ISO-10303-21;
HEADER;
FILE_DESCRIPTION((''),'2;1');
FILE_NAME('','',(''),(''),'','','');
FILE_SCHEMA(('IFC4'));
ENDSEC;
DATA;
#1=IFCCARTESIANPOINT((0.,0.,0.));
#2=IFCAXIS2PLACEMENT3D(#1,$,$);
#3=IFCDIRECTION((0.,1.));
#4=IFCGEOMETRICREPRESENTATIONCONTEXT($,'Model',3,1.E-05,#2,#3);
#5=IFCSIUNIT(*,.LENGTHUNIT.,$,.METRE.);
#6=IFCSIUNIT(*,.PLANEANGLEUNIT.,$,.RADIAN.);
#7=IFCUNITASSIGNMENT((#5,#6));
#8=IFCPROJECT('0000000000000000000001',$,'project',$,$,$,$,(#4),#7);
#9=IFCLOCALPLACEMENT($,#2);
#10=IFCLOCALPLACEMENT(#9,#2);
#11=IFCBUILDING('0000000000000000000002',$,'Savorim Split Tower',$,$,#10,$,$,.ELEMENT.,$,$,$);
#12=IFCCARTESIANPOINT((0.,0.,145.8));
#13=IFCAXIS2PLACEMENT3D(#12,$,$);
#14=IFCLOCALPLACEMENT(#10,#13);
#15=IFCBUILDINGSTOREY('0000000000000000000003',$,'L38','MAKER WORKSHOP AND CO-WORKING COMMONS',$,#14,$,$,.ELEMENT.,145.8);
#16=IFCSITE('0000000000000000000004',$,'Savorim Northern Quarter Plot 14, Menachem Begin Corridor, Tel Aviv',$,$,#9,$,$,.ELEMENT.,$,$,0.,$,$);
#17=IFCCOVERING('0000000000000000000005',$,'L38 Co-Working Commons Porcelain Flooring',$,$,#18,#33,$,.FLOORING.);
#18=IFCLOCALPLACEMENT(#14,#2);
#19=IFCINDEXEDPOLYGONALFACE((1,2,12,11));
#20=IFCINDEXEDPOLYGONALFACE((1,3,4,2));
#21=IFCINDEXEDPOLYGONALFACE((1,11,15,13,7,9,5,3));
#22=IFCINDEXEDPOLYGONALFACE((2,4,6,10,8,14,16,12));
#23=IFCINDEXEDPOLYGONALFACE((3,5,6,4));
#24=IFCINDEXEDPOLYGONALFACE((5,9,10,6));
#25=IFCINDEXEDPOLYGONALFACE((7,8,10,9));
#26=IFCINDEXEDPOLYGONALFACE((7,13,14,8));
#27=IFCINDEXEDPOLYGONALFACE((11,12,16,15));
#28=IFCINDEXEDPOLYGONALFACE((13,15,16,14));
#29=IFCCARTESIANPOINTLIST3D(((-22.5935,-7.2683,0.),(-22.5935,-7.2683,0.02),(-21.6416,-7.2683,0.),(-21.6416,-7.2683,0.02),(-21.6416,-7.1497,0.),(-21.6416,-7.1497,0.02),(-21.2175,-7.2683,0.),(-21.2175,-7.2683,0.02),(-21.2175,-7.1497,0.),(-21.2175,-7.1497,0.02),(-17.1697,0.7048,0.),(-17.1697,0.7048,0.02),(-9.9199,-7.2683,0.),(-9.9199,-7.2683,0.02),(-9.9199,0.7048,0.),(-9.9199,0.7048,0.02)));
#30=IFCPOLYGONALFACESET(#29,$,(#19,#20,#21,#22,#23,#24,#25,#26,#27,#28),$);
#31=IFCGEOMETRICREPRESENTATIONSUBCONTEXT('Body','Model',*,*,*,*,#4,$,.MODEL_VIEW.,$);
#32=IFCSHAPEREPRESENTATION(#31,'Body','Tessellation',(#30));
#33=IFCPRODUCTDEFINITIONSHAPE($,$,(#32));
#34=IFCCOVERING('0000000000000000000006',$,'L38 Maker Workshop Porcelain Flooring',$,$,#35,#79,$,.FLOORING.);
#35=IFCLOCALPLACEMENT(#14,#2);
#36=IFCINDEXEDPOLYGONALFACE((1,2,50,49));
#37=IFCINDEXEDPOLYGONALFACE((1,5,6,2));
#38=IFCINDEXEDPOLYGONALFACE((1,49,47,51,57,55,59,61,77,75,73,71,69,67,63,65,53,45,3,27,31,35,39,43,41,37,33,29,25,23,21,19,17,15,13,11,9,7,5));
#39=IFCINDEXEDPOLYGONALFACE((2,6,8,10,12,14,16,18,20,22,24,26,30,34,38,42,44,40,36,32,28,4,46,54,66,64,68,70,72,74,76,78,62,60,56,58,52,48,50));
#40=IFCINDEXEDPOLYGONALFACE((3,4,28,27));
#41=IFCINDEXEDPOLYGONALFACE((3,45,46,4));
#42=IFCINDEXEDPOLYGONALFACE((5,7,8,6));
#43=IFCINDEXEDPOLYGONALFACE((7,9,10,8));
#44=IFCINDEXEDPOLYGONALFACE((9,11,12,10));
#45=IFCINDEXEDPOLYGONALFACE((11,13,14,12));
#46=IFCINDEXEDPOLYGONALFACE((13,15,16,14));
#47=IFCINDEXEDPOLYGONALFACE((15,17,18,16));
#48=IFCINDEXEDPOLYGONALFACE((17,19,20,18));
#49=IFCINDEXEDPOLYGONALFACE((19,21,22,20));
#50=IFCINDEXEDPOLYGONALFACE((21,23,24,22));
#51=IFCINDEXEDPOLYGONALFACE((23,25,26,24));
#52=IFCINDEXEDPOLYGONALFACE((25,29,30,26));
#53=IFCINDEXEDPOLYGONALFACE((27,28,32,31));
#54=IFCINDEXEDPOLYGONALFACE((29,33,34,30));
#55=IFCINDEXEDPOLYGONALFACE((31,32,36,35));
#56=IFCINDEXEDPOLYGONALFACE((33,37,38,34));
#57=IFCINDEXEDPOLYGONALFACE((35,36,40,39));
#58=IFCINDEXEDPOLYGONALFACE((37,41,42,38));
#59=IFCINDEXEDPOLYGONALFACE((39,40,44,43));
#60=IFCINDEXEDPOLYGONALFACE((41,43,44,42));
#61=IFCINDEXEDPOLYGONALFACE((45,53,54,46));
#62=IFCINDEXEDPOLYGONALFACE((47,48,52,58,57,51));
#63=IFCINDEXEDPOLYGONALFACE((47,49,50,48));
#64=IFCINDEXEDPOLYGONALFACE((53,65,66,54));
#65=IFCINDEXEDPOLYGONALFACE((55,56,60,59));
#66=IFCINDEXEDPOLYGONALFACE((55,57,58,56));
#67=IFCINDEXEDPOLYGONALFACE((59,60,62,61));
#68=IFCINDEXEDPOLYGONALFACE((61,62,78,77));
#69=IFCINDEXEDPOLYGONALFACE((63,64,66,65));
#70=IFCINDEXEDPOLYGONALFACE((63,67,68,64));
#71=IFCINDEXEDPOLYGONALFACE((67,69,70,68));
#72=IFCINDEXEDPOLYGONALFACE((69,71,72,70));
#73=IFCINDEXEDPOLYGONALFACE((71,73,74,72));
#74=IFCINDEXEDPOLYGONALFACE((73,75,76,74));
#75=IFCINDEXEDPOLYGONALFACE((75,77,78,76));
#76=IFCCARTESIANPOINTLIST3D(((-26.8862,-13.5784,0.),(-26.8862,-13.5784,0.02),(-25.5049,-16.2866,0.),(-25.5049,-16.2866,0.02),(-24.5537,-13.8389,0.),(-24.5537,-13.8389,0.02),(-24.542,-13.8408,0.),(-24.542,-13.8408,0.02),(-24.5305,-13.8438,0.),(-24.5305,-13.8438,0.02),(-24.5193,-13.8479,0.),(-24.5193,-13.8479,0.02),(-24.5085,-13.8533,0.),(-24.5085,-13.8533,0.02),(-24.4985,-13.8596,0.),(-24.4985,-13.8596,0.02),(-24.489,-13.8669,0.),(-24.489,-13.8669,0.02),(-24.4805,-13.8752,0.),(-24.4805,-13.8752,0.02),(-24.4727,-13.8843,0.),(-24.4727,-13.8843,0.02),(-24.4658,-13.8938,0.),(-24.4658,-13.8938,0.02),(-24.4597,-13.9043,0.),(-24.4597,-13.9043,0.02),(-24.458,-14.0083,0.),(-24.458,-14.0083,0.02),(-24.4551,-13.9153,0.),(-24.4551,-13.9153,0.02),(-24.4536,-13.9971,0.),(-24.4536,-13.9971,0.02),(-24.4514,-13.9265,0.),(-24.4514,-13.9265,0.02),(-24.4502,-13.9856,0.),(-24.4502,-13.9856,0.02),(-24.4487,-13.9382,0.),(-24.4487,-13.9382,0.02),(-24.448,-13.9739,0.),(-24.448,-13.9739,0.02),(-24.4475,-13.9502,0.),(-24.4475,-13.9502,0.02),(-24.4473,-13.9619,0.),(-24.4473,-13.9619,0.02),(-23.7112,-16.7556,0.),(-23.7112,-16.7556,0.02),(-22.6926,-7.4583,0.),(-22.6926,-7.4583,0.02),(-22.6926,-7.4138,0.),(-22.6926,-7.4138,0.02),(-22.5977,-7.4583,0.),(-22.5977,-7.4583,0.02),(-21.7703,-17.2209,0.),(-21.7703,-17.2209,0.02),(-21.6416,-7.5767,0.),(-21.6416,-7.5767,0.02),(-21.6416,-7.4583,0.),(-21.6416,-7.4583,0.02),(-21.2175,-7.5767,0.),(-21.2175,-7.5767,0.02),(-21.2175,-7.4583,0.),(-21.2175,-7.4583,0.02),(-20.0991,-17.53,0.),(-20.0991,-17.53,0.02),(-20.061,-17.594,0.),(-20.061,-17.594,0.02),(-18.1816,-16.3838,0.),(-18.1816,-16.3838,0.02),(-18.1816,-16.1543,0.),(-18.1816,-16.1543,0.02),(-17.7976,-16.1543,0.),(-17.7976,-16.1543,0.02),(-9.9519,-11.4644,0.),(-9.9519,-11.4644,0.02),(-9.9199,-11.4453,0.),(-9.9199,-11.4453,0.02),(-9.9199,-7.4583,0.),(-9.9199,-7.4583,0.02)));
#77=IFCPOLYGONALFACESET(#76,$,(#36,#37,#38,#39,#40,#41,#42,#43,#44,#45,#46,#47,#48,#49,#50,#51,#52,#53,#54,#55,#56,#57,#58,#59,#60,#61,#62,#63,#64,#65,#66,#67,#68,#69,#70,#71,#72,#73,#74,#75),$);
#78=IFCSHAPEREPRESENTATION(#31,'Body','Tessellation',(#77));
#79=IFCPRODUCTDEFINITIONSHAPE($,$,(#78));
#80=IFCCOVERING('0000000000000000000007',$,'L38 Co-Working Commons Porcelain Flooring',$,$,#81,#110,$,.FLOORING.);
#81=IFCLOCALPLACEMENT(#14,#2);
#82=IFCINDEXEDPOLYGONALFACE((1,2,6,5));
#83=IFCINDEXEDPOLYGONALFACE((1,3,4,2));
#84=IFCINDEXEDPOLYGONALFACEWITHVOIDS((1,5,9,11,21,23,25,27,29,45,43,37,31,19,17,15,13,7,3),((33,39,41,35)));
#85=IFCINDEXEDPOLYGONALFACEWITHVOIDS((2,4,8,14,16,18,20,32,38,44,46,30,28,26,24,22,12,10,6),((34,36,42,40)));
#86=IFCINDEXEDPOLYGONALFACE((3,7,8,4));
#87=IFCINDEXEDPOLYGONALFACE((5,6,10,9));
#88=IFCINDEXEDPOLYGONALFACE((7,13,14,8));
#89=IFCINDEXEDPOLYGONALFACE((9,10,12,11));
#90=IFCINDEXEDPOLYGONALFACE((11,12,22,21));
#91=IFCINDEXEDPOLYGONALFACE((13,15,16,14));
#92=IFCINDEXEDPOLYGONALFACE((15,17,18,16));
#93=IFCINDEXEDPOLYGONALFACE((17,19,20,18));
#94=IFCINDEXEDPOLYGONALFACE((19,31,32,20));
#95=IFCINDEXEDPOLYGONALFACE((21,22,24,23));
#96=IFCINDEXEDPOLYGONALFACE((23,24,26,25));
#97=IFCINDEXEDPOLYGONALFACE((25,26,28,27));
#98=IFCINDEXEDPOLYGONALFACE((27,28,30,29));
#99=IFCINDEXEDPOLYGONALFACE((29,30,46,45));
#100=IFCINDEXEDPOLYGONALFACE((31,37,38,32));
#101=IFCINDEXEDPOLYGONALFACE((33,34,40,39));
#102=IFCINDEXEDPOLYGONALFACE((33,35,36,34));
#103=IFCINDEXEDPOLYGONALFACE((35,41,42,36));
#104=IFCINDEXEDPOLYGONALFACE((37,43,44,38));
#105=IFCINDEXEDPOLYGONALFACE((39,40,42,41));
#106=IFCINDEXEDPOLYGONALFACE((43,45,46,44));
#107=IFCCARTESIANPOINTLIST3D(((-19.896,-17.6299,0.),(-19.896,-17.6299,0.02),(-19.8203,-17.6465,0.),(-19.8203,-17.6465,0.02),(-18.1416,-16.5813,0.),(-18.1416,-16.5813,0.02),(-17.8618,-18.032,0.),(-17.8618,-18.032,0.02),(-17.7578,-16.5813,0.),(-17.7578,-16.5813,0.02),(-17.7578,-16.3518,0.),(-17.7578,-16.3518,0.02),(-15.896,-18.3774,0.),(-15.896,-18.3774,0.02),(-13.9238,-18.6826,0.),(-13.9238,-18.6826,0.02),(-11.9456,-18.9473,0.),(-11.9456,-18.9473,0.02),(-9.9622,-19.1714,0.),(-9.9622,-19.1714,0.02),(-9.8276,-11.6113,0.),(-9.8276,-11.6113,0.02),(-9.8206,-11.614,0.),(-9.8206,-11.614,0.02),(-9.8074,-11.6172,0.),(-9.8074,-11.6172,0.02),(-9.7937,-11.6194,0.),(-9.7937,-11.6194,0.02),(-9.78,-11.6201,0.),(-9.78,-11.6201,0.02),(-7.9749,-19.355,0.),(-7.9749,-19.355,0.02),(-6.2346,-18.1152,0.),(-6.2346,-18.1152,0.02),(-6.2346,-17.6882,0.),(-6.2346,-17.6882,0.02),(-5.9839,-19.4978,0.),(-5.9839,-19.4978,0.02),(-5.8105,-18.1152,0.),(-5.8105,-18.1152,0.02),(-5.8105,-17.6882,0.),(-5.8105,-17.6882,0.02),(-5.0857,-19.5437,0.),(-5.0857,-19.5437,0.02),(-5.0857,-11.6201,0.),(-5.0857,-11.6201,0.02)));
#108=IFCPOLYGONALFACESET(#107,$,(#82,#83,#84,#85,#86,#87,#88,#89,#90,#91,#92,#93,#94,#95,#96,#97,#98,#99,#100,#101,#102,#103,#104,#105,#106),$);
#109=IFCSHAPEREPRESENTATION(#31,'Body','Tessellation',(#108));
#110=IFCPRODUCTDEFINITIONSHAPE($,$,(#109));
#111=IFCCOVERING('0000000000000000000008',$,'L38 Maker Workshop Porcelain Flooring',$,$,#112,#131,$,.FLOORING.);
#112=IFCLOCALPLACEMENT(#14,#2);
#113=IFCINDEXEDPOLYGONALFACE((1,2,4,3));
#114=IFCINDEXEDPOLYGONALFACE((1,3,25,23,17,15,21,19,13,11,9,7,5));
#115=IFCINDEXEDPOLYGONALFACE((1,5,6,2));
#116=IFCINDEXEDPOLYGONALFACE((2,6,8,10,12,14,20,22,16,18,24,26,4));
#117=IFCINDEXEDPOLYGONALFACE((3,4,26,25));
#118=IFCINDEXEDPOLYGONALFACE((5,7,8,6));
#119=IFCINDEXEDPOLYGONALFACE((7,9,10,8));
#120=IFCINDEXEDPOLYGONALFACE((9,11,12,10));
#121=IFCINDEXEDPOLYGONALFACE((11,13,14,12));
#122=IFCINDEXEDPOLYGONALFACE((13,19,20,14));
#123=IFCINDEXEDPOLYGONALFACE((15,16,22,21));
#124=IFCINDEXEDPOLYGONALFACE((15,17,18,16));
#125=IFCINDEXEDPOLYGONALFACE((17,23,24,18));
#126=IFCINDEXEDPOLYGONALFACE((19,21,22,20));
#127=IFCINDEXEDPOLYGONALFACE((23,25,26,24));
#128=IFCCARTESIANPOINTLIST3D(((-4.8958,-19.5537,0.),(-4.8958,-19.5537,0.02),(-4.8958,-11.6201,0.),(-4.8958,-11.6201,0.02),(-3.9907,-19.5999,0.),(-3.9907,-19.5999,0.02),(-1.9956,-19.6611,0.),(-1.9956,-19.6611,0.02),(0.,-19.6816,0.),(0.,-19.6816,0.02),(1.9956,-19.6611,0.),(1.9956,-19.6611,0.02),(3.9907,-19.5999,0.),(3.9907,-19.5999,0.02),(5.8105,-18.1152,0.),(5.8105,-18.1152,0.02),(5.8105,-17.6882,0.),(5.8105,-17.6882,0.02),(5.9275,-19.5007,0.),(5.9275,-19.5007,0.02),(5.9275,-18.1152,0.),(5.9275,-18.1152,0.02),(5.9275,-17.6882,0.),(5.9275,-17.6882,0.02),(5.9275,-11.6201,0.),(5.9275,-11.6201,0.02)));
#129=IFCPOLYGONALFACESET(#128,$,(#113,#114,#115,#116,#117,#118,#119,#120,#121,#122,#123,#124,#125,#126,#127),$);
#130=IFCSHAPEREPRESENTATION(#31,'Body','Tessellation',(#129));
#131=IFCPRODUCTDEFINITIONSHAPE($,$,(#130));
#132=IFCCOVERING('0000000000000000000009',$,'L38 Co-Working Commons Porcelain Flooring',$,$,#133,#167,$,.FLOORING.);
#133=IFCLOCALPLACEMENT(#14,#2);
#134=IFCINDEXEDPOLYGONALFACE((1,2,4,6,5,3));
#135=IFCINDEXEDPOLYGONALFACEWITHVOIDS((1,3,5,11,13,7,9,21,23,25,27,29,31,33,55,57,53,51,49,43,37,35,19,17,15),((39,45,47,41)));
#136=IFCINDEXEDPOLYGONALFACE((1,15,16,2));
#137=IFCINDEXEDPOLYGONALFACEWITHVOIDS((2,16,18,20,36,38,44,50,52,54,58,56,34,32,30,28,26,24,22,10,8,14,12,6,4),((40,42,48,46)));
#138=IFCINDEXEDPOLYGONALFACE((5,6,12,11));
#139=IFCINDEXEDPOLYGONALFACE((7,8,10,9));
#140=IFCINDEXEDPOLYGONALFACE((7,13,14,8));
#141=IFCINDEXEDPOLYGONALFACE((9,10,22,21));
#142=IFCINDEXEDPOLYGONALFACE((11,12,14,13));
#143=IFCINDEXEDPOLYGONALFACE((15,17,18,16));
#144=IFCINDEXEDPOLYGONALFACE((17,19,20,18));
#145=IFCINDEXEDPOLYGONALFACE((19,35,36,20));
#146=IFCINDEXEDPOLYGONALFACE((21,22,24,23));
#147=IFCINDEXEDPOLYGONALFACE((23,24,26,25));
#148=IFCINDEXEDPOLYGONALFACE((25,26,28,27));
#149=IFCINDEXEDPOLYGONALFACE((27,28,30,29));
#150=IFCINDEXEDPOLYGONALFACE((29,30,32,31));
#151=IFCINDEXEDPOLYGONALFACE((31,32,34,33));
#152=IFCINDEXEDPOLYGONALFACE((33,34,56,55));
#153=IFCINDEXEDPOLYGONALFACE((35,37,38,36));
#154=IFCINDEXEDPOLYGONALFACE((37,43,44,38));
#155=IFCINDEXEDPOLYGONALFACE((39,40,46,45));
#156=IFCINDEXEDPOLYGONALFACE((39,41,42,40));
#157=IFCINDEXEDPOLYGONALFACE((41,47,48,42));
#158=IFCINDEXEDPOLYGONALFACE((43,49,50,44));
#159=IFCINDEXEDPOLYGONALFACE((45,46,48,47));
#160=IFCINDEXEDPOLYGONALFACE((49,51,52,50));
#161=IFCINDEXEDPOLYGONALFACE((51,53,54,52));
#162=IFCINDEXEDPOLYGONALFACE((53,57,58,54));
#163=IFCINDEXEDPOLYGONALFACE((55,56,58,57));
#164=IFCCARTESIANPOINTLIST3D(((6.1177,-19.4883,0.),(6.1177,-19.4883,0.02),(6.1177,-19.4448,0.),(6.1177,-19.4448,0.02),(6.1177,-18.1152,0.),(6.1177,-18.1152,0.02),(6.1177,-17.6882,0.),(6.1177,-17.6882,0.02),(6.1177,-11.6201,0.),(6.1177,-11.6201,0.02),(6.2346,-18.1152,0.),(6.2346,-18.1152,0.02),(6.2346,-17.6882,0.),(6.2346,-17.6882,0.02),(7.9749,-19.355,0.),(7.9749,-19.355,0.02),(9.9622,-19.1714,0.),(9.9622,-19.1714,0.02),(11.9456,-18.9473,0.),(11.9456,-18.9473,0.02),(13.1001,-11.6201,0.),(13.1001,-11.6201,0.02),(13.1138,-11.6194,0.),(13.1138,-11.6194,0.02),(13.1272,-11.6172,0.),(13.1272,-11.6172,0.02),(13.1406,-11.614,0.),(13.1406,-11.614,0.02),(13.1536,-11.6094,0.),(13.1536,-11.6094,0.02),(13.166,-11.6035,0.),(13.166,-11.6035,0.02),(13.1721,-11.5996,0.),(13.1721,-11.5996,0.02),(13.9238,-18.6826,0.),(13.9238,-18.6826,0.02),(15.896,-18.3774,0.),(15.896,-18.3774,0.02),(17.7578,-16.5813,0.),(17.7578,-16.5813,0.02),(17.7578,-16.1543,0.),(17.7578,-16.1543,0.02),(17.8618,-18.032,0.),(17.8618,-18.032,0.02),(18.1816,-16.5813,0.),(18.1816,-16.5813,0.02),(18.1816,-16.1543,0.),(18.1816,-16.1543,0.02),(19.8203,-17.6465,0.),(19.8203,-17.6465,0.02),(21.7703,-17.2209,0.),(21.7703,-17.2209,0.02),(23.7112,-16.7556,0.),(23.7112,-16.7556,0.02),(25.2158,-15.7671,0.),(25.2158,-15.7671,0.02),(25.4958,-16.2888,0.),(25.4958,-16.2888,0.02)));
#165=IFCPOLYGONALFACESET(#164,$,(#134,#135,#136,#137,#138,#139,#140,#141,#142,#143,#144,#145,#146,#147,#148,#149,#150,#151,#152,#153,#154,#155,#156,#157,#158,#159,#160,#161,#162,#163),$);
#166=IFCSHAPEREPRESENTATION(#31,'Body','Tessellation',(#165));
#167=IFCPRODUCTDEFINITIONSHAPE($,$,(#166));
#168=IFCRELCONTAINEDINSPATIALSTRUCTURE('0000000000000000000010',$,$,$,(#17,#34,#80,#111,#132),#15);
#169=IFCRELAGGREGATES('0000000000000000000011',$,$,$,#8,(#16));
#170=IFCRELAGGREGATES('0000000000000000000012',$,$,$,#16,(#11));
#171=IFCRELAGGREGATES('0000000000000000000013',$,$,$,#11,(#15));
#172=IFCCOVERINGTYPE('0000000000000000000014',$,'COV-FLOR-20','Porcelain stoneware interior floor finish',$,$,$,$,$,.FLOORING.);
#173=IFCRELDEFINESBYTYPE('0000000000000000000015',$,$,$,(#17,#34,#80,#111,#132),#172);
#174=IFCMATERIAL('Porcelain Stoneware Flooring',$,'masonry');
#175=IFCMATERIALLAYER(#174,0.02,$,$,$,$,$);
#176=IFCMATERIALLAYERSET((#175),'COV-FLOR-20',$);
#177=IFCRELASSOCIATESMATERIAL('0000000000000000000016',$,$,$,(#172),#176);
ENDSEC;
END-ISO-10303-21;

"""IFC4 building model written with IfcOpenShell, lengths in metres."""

from ifc_helpers import new_model, si_unit, direction, frame, origin, place, context, subcontext, project, spatial, polyline, outline, extrude, material, layer, layer_set, type_object, element, save


model = new_model("IFC4")

# Units and contexts
model_context = context("Model", 3, precision=1e-05, world=origin(), true_north=direction((0.0, 1.0)))
body_context = subcontext(model_context, "Body", "Model", "MODEL_VIEW")
ifc_project = project(units=[si_unit("LENGTHUNIT", "METRE"), si_unit("PLANEANGLEUNIT", "RADIAN")], contexts=[model_context])

# Site, building, storey
site_placement = place(None, origin())
site = spatial("IfcSite", under=ifc_project, at=site_placement, Name="Savorim Northern Quarter Plot 14, Menachem Begin Corridor, Tel Aviv", CompositionType="ELEMENT", RefElevation=0.0)
building_placement = place(site_placement, origin())
building = spatial("IfcBuilding", under=site, at=building_placement, Name="Savorim Split Tower", CompositionType="ELEMENT")
storey_placement = place(building_placement, frame((0.0, 0.0, 145.8)))
storey = spatial("IfcBuildingStorey", under=building, at=storey_placement, Name="L38", Description="MAKER WORKSHOP AND CO-WORKING COMMONS", CompositionType="ELEMENT", Elevation=145.8)

# Coverings
ifc_material_1 = material(Name="Porcelain Stoneware Flooring", Category="masonry")
ifc_layer_1 = layer(ifc_material_1, 0.02)
ifc_layer_set_1 = layer_set([ifc_layer_1], Name="COV-FLOR-20")
covering_type_1 = type_object("IfcCoveringType", Name="COV-FLOR-20", Description="Porcelain stoneware interior floor finish", PredefinedType="FLOORING", material=ifc_layer_set_1)
covering_1_placement = place(storey_placement, origin())
element("IfcCovering", 1, at=covering_1_placement, inside=storey, type_object=covering_type_1, Name="L38 Co-Working Commons Porcelain Flooring", PredefinedType="FLOORING", context=body_context, shape_type="SweptSolid", body=[
    extrude(outline(polyline([(-21.2175, -7.1497), (-21.2175, -7.2683), (-9.9199, -7.2683), (-9.9199, 0.7048), (-17.1697, 0.7048), (-22.5935, -7.2683), (-21.6416, -7.2683), (-21.6416, -7.1497), (-21.2175, -7.1497)])), origin(), (0.0, 0.0, 1.0), 0.02),
])
covering_2_placement = place(storey_placement, origin())
element("IfcCovering", 2, at=covering_2_placement, inside=storey, type_object=covering_type_1, Name="L38 Maker Workshop Porcelain Flooring", PredefinedType="FLOORING", context=body_context, shape_type="SweptSolid", body=[
    extrude(outline(polyline([(-24.4473, -13.9619), (-24.448, -13.9739), (-24.4502, -13.9856), (-24.4536, -13.9971), (-24.458, -14.0083), (-25.5049, -16.2866), (-23.7112, -16.7556), (-21.7703, -17.2209), (-20.061, -17.594), (-20.0991, -17.53), (-18.1816, -16.3838), (-18.1816, -16.1543), (-17.7976, -16.1543), (-9.9519, -11.4644), (-9.9199, -11.4453), (-9.9199, -7.4583), (-21.2175, -7.4583), (-21.2175, -7.5767), (-21.6416, -7.5767), (-21.6416, -7.4583), (-22.5977, -7.4583), (-22.6926, -7.4583), (-22.6926, -7.4138), (-26.8862, -13.5784), (-24.5537, -13.8389), (-24.542, -13.8408), (-24.5305, -13.8438), (-24.5193, -13.8479), (-24.5085, -13.8533), (-24.4985, -13.8596), (-24.489, -13.8669), (-24.4805, -13.8752), (-24.4727, -13.8843), (-24.4658, -13.8938), (-24.4597, -13.9043), (-24.4551, -13.9153), (-24.4514, -13.9265), (-24.4487, -13.9382), (-24.4475, -13.9502), (-24.4473, -13.9619)])), origin(), (0.0, 0.0, 1.0), 0.02),
])
covering_3_placement = place(storey_placement, origin())
element("IfcCovering", 3, at=covering_3_placement, inside=storey, type_object=covering_type_1, Name="L38 Co-Working Commons Porcelain Flooring", PredefinedType="FLOORING", context=body_context, shape_type="SweptSolid", body=[
    extrude(outline(polyline([(-9.9622, -19.1714), (-7.9749, -19.355), (-5.9839, -19.4978), (-5.0857, -19.5437), (-5.0857, -11.6201), (-9.78, -11.6201), (-9.7937, -11.6194), (-9.8074, -11.6172), (-9.8206, -11.614), (-9.8276, -11.6113), (-17.7578, -16.3518), (-17.7578, -16.5813), (-18.1416, -16.5813), (-19.896, -17.6299), (-19.8203, -17.6465), (-17.8618, -18.032), (-15.896, -18.3774), (-13.9238, -18.6826), (-11.9456, -18.9473), (-9.9622, -19.1714)]), holes=[polyline([(-6.2346, -18.1152), (-5.8105, -18.1152), (-5.8105, -17.6882), (-6.2346, -17.6882), (-6.2346, -18.1152)])]), origin(), (0.0, 0.0, 1.0), 0.02),
])
covering_4_placement = place(storey_placement, origin())
element("IfcCovering", 4, at=covering_4_placement, inside=storey, type_object=covering_type_1, Name="L38 Maker Workshop Porcelain Flooring", PredefinedType="FLOORING", context=body_context, shape_type="SweptSolid", body=[
    extrude(outline(polyline([(-1.9956, -19.6611), (0.0, -19.6816), (1.9956, -19.6611), (3.9907, -19.5999), (5.9275, -19.5007), (5.9275, -18.1152), (5.8105, -18.1152), (5.8105, -17.6882), (5.9275, -17.6882), (5.9275, -11.6201), (-4.8958, -11.6201), (-4.8958, -19.5537), (-3.9907, -19.5999), (-1.9956, -19.6611)])), origin(), (0.0, 0.0, 1.0), 0.02),
])
covering_5_placement = place(storey_placement, origin())
element("IfcCovering", 5, at=covering_5_placement, inside=storey, type_object=covering_type_1, Name="L38 Co-Working Commons Porcelain Flooring", PredefinedType="FLOORING", context=body_context, shape_type="SweptSolid", body=[
    extrude(outline(polyline([(21.7703, -17.2209), (23.7112, -16.7556), (25.4958, -16.2888), (25.2158, -15.7671), (13.1721, -11.5996), (13.166, -11.6035), (13.1536, -11.6094), (13.1406, -11.614), (13.1272, -11.6172), (13.1138, -11.6194), (13.1001, -11.6201), (6.1177, -11.6201), (6.1177, -17.6882), (6.2346, -17.6882), (6.2346, -18.1152), (6.1177, -18.1152), (6.1177, -19.4448), (6.1177, -19.4883), (7.9749, -19.355), (9.9622, -19.1714), (11.9456, -18.9473), (13.9238, -18.6826), (15.896, -18.3774), (17.8618, -18.032), (19.8203, -17.6465), (21.7703, -17.2209)]), holes=[polyline([(18.1816, -16.5813), (18.1816, -16.1543), (17.7578, -16.1543), (17.7578, -16.5813), (18.1816, -16.5813)])]), origin(), (0.0, 0.0, 1.0), 0.02),
])

save(model, "model.ifc")
